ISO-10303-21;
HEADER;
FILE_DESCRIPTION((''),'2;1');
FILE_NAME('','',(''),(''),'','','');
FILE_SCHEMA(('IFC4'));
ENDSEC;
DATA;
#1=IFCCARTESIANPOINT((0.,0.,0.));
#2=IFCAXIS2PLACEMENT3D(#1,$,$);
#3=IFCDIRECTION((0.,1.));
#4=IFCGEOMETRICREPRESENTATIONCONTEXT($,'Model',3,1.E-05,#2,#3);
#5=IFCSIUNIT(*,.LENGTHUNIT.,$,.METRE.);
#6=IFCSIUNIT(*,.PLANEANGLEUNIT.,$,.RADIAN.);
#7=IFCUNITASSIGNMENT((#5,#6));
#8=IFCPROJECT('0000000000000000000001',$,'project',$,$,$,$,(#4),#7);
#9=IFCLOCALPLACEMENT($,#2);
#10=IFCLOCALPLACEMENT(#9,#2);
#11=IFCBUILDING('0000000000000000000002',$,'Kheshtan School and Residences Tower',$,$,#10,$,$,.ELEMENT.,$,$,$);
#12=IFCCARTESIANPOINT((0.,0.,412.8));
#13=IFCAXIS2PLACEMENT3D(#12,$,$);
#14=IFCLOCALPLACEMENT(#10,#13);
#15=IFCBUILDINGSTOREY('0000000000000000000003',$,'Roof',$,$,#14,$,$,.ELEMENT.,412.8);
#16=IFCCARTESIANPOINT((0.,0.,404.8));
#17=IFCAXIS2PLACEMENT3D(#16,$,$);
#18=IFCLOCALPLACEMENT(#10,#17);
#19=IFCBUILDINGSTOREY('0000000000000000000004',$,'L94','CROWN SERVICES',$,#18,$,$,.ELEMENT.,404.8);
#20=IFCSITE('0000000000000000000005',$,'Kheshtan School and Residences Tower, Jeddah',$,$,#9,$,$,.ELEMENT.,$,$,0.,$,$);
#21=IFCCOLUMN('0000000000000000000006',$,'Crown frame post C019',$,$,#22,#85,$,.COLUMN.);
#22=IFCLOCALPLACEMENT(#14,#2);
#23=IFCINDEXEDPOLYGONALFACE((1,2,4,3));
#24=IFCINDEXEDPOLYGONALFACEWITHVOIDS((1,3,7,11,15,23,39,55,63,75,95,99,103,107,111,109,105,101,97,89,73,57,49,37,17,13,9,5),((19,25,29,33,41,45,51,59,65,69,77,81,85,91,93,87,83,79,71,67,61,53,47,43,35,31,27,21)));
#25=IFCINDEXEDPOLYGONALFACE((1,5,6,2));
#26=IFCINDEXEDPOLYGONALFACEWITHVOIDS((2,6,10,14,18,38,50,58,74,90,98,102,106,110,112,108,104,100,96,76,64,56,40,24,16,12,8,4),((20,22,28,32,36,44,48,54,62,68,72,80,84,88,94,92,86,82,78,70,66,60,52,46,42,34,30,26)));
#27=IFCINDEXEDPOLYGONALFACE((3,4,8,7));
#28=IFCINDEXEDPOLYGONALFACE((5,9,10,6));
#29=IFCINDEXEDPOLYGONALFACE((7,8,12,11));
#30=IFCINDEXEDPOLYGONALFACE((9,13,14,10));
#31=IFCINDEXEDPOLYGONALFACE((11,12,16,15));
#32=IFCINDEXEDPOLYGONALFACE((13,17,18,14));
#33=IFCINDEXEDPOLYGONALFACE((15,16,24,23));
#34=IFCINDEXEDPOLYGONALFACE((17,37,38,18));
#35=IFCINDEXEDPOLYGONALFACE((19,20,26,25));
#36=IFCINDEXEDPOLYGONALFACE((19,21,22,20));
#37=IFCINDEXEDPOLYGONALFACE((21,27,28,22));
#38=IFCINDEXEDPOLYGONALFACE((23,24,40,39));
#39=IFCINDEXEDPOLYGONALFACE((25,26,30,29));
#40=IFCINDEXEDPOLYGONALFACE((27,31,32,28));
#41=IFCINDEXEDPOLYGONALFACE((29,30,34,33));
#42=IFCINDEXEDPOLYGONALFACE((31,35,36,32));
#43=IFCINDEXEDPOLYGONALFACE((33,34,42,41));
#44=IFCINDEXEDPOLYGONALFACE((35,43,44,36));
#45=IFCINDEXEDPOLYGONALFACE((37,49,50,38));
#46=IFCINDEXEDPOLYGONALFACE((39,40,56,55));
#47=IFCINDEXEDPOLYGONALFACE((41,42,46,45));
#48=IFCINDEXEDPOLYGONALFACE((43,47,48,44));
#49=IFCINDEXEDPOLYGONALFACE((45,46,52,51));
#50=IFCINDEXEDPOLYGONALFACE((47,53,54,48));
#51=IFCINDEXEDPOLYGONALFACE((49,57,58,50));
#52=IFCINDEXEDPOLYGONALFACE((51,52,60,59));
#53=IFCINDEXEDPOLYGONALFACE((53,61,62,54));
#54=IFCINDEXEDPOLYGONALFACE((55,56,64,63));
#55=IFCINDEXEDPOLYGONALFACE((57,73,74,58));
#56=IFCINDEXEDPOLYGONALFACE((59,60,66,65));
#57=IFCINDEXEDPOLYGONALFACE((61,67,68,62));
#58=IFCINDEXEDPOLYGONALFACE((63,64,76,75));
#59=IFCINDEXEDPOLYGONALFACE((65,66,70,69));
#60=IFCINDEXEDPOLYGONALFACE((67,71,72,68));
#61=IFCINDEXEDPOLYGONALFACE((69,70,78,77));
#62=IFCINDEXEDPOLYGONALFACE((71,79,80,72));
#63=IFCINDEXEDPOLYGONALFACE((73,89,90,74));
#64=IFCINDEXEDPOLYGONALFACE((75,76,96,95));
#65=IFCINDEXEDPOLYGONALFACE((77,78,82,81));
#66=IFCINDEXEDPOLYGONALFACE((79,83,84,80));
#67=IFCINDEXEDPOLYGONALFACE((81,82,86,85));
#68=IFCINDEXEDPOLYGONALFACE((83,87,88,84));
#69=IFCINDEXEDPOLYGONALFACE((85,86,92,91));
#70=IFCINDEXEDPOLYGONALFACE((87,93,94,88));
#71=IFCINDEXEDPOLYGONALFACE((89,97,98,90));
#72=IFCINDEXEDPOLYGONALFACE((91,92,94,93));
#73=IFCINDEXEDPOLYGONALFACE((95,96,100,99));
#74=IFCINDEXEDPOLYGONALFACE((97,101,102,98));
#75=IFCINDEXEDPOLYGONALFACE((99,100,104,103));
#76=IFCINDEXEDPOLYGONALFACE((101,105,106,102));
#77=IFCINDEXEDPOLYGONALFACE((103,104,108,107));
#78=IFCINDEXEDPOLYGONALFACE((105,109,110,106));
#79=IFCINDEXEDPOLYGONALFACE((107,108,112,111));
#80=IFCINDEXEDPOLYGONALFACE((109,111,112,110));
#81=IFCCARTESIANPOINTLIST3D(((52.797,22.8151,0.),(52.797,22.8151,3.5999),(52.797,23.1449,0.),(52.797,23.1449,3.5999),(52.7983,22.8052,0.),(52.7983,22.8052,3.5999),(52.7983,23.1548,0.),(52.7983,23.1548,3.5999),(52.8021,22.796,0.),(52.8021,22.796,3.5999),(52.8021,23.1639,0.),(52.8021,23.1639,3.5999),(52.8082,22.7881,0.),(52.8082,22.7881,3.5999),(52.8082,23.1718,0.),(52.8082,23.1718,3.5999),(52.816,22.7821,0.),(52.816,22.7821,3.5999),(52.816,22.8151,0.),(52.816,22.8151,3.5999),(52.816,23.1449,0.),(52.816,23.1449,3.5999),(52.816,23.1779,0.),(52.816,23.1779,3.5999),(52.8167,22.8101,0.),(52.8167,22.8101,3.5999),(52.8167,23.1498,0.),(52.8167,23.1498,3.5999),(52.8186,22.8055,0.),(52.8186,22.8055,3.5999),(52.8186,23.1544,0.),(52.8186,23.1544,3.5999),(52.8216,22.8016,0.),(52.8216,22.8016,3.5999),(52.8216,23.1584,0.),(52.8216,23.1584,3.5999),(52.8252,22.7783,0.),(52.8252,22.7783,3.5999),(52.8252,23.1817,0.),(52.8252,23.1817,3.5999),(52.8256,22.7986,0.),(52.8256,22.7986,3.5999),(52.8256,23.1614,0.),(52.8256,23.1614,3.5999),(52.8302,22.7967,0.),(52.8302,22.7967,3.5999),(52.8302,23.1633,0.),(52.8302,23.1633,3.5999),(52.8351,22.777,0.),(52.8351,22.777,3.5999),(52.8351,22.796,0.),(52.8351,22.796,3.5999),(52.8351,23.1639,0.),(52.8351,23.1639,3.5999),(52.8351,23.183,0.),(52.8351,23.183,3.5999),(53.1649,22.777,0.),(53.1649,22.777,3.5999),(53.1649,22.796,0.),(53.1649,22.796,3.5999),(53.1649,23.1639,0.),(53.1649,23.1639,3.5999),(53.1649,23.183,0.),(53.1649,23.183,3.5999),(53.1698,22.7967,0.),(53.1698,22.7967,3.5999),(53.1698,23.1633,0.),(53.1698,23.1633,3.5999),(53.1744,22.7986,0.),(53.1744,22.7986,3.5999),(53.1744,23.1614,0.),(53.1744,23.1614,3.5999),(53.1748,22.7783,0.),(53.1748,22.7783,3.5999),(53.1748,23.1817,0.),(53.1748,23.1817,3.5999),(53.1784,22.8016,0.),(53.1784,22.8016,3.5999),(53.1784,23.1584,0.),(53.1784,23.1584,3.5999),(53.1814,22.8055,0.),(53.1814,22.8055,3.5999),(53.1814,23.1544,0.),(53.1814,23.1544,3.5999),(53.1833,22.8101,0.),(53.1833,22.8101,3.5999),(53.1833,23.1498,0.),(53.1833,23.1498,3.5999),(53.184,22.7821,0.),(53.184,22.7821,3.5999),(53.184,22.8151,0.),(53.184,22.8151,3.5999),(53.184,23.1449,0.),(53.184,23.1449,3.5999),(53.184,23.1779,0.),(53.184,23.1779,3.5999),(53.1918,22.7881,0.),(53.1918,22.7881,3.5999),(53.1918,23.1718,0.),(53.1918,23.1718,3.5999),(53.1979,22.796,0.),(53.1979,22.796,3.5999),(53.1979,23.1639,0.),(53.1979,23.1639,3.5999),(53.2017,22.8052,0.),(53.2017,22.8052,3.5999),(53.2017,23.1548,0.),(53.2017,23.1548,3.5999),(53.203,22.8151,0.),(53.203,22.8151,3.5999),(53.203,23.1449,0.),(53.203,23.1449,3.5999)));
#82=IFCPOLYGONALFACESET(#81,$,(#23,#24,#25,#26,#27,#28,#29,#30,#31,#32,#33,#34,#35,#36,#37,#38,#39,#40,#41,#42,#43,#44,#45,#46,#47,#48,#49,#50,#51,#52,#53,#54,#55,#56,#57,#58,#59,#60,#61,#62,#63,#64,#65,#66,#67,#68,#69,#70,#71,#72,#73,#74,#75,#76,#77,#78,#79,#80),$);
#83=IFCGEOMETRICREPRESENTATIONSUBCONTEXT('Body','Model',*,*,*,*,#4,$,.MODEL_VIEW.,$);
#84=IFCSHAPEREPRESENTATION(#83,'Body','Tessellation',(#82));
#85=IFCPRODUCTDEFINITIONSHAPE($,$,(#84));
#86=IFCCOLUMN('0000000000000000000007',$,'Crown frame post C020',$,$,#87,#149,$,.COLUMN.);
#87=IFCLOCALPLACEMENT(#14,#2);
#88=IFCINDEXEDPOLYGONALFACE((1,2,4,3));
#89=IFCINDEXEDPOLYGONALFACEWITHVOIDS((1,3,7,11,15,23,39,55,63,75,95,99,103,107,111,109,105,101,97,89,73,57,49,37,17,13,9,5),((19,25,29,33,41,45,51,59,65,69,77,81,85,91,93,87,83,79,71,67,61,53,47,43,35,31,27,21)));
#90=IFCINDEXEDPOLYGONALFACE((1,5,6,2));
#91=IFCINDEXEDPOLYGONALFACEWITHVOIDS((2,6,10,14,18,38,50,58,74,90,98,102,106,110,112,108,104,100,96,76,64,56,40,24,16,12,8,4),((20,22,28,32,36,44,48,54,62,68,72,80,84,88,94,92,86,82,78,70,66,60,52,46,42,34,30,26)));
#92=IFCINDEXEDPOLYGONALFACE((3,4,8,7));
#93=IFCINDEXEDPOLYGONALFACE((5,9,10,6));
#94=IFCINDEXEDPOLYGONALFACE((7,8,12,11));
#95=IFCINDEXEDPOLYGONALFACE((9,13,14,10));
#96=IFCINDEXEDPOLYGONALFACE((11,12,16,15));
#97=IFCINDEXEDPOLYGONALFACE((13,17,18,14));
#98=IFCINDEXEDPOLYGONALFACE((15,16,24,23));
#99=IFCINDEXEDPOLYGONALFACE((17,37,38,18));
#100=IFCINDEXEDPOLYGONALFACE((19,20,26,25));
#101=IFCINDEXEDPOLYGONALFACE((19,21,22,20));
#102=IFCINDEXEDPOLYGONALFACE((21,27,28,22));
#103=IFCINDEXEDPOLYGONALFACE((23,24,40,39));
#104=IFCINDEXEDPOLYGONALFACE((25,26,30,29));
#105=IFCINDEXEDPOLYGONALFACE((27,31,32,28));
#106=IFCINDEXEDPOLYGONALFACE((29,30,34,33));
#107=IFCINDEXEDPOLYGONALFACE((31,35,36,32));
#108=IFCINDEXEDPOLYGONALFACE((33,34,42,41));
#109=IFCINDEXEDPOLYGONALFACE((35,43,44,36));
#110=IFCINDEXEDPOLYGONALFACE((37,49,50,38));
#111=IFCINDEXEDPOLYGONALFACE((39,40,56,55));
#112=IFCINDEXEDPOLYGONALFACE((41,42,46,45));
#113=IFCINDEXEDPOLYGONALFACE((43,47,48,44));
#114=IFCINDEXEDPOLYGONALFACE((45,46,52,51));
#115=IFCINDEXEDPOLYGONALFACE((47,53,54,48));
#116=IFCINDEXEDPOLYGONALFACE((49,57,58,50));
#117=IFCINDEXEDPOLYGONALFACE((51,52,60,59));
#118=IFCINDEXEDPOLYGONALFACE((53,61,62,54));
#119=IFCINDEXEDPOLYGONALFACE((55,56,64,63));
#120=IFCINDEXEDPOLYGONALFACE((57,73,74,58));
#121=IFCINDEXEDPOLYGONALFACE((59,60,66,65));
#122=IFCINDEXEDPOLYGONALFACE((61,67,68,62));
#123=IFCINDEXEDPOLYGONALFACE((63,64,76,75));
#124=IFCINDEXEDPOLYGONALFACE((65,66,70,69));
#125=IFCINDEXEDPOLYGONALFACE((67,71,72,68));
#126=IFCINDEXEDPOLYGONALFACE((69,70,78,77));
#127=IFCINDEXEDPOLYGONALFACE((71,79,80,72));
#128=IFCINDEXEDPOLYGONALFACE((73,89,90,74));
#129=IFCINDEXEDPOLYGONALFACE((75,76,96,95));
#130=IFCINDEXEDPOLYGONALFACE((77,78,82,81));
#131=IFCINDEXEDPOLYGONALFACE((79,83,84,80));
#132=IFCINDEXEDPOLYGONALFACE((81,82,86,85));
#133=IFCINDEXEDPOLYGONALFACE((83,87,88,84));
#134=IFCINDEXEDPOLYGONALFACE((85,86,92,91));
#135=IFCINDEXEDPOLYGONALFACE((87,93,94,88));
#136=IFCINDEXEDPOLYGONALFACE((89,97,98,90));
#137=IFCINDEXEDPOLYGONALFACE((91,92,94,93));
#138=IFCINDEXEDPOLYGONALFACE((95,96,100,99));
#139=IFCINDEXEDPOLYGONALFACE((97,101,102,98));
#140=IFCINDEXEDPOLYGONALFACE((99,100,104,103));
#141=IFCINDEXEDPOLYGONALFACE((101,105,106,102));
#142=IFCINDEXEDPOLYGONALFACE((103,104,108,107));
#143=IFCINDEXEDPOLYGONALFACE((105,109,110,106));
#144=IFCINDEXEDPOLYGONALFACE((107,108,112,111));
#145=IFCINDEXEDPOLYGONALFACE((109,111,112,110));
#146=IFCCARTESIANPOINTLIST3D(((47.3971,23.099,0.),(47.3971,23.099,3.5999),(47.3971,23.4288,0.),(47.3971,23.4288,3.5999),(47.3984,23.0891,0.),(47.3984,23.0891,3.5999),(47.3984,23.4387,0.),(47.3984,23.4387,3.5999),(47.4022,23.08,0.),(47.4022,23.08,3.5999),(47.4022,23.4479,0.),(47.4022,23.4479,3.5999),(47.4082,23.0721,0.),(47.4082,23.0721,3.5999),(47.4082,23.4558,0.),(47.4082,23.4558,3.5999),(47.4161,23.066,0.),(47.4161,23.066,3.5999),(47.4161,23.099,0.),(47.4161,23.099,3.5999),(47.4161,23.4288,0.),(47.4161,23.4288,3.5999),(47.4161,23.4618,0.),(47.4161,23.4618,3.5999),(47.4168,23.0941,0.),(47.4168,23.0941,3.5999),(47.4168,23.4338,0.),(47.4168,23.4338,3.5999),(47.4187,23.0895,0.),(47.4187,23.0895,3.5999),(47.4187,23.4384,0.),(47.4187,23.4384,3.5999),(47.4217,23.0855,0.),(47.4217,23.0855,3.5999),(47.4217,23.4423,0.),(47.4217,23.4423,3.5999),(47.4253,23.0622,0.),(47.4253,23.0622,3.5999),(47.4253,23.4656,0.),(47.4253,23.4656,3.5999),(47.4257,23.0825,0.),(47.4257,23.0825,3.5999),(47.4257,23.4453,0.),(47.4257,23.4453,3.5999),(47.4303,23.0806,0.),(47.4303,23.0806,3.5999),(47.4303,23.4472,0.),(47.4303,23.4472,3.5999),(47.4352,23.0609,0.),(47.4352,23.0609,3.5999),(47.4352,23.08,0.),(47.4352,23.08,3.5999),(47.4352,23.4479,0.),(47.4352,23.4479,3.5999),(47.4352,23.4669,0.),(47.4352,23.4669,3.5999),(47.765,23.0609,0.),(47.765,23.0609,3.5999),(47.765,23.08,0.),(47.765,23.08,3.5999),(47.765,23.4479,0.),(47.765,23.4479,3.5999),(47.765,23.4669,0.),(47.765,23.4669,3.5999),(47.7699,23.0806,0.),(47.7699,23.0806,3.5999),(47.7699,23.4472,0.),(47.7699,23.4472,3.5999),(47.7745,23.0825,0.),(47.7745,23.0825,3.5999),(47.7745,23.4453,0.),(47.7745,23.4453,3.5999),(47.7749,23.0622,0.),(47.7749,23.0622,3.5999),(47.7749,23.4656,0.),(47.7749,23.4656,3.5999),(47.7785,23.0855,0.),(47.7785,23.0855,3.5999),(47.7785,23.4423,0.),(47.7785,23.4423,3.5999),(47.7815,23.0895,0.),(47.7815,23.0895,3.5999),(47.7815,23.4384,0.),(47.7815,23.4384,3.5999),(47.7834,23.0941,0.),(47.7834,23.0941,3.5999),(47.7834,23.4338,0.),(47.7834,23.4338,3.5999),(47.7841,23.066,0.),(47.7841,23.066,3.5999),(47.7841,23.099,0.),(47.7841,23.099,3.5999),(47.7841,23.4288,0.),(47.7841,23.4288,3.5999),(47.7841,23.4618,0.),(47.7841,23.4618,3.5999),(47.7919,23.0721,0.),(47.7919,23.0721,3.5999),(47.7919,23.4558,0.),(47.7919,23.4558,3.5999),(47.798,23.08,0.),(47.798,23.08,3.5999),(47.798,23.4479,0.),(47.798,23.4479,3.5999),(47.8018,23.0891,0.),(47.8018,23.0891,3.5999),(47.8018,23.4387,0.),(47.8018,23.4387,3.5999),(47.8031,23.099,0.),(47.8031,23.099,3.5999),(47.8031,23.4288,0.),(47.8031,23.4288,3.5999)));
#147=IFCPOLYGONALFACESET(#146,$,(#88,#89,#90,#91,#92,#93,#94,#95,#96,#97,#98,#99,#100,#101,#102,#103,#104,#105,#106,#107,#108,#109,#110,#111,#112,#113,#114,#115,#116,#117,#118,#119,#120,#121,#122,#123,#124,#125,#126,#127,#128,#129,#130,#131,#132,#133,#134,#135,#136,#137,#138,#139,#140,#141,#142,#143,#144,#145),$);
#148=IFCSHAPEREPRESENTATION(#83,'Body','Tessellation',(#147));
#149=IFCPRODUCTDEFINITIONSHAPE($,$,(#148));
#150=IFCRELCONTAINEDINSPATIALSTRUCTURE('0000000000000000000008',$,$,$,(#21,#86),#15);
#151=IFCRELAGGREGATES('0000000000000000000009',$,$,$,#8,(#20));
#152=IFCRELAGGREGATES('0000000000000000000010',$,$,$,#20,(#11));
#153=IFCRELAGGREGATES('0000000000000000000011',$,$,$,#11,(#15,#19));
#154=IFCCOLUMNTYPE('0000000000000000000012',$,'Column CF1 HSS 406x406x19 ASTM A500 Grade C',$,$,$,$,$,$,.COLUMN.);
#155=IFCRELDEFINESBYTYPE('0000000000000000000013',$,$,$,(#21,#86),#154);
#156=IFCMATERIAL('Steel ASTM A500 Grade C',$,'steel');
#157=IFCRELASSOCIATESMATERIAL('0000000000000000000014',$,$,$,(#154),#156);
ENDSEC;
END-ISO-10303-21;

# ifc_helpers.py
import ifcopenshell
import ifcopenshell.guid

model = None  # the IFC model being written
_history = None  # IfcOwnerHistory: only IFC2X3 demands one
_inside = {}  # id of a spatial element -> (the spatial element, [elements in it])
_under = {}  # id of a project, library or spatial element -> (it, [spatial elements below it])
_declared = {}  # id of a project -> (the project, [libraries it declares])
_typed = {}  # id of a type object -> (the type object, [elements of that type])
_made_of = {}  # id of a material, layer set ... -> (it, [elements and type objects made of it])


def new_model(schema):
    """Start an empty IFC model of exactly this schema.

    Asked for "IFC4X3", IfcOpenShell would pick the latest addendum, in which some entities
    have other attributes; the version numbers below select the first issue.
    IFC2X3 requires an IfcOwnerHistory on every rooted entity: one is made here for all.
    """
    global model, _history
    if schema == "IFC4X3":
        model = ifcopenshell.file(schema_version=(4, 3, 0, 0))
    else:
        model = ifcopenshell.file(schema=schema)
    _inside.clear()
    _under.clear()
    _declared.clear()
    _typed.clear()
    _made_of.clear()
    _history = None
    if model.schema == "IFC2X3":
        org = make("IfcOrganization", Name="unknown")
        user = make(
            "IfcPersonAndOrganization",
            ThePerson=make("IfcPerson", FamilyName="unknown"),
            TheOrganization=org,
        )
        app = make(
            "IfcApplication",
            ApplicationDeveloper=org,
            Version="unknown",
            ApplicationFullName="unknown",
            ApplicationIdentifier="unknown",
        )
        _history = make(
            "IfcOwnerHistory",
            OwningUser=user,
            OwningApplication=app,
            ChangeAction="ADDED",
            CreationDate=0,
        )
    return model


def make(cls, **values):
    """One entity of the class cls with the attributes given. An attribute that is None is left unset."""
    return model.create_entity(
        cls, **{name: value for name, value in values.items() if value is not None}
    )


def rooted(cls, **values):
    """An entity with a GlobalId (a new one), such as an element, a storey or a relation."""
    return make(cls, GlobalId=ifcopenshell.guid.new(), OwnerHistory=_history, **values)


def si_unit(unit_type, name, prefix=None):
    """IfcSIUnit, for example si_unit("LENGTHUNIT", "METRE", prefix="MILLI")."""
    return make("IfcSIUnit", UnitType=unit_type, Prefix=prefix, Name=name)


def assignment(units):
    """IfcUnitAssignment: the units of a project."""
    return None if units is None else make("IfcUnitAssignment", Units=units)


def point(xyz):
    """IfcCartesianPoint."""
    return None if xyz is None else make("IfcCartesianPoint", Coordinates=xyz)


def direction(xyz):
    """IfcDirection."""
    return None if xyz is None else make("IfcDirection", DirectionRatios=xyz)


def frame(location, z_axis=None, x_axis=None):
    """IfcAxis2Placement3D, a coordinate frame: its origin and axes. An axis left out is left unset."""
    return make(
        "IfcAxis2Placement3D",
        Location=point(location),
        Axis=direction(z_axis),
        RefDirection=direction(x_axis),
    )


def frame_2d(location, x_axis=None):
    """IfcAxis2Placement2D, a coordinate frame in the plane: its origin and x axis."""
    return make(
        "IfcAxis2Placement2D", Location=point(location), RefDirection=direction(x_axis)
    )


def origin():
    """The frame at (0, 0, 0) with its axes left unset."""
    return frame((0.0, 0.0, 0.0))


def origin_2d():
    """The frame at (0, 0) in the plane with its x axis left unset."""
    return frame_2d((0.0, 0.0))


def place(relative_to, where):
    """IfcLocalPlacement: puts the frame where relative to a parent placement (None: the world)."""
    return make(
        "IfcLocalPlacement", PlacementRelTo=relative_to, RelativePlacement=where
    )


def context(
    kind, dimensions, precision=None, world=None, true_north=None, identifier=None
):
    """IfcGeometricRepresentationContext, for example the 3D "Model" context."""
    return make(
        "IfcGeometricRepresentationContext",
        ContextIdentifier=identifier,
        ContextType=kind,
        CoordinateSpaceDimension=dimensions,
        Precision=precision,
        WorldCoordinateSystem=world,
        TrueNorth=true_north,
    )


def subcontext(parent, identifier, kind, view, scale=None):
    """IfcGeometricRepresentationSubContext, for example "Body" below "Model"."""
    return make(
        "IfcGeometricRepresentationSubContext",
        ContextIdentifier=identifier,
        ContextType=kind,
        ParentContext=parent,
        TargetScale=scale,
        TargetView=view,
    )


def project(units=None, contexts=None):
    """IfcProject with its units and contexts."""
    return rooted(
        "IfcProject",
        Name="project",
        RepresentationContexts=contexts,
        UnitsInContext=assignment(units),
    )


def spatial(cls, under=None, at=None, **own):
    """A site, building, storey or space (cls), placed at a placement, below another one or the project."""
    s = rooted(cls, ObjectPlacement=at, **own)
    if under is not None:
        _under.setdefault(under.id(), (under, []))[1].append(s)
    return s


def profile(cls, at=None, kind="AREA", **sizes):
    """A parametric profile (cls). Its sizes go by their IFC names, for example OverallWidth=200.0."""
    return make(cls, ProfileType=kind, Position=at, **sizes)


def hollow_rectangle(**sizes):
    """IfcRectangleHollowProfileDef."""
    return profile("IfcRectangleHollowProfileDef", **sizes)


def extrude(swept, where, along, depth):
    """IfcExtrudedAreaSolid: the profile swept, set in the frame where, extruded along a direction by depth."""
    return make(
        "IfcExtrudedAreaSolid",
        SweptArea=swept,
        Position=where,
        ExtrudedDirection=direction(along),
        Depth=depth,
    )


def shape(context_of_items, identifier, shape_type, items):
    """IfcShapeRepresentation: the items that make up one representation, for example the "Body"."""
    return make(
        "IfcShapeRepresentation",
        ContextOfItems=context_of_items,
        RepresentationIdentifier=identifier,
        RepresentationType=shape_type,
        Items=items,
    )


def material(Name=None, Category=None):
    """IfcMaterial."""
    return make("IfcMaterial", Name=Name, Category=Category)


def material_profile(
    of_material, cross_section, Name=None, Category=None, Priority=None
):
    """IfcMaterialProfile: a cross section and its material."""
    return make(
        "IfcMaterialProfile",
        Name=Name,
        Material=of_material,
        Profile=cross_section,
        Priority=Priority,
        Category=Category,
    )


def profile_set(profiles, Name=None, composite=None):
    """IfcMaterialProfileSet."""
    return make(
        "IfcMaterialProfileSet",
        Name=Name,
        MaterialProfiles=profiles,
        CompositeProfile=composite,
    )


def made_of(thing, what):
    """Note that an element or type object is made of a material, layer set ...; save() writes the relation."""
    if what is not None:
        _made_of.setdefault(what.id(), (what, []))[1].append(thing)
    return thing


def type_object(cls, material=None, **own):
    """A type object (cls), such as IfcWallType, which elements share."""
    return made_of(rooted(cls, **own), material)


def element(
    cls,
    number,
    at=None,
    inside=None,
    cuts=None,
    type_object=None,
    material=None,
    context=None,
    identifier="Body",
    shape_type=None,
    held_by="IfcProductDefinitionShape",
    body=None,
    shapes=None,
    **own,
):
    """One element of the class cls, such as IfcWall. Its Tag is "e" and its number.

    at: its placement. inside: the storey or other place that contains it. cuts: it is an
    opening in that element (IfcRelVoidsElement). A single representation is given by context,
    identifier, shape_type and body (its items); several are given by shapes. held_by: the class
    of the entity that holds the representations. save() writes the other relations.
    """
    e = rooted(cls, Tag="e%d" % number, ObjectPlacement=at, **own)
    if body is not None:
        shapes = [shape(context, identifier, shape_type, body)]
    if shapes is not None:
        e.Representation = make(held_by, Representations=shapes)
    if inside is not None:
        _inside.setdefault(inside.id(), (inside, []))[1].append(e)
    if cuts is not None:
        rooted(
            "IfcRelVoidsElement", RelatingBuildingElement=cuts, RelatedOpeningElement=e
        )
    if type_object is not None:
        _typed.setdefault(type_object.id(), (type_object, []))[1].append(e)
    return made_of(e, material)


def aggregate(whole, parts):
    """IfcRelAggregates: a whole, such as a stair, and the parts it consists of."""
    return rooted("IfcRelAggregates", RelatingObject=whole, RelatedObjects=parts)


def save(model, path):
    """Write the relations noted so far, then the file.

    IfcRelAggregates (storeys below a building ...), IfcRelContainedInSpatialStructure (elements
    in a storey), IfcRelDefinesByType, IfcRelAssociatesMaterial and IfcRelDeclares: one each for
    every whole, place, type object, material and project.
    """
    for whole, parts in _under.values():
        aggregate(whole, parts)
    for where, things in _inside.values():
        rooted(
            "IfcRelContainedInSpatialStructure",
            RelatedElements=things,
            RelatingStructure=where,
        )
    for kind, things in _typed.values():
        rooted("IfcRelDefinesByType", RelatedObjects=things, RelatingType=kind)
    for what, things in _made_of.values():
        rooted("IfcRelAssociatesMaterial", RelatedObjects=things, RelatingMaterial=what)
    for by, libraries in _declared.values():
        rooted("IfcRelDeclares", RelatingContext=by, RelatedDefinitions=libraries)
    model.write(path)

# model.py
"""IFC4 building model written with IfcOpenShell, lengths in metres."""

from ifc_helpers import new_model, si_unit, direction, frame, origin, origin_2d, place, context, subcontext, project, spatial, hollow_rectangle, extrude, material, material_profile, profile_set, type_object, element, save


model = new_model("IFC4")

# Units and contexts
model_context = context("Model", 3, precision=1e-05, world=origin(), true_north=direction((0.0, 1.0)))
body_context = subcontext(model_context, "Body", "Model", "MODEL_VIEW")
ifc_project = project(units=[si_unit("LENGTHUNIT", "METRE"), si_unit("PLANEANGLEUNIT", "RADIAN")], contexts=[model_context])

# Site, building, storey
site_placement = place(None, origin())
site = spatial("IfcSite", under=ifc_project, at=site_placement, Name="Kheshtan School and Residences Tower, Jeddah", CompositionType="ELEMENT", RefElevation=0.0)
building_placement = place(site_placement, origin())
building = spatial("IfcBuilding", under=site, at=building_placement, Name="Kheshtan School and Residences Tower", CompositionType="ELEMENT")
storey_1_placement = place(building_placement, frame((0.0, 0.0, 412.8)))
storey_1 = spatial("IfcBuildingStorey", under=building, at=storey_1_placement, Name="Roof", CompositionType="ELEMENT", Elevation=412.8)

# Columns
ifc_material_1 = material(Name="Steel ASTM A500 Grade C", Category="steel")
ifc_material_profile = material_profile(ifc_material_1, hollow_rectangle(XDim=0.406, YDim=0.406, WallThickness=0.019, InnerFilletRadius=0.019, OuterFilletRadius=0.0381, at=origin_2d()), Name="HSS 406x406x19")
ifc_profile_set = profile_set([ifc_material_profile], Name="Steel ASTM A500 Grade C")
column_type = type_object("IfcColumnType", Name="Column CF1 HSS 406x406x19 ASTM A500 Grade C", PredefinedType="COLUMN", material=ifc_profile_set)
for number, where, z_axis, x_axis, name in (
    (1, (53.0, 22.98, 0.0), (0.0, 0.0, 1.0), (1.0, 0.0, 0.0), "Crown frame post C019"),
    (2, (47.6001, 23.2639, 0.0), (0.0, 0.0, 1.0), (1.0, 0.0, 0.0), "Crown frame post C020"),
):
    element("IfcColumn", number, at=place(storey_1_placement, frame(where, z_axis=z_axis, x_axis=x_axis)), inside=storey_1, type_object=column_type, Name=name, PredefinedType="COLUMN", context=body_context, shape_type="SweptSolid", body=[
        extrude(hollow_rectangle(XDim=0.406, YDim=0.406, WallThickness=0.019, InnerFilletRadius=0.019, OuterFilletRadius=0.0381, at=origin_2d()), origin(), (0.0, 0.0, 1.0), 3.5999),
    ])

# Shared definitions
storey_2_placement = place(building_placement, frame((0.0, 0.0, 404.8)))
storey_2 = spatial("IfcBuildingStorey", under=building, at=storey_2_placement, Name="L94", Description="CROWN SERVICES", CompositionType="ELEMENT", Elevation=404.8)

save(model, "model.ifc")
